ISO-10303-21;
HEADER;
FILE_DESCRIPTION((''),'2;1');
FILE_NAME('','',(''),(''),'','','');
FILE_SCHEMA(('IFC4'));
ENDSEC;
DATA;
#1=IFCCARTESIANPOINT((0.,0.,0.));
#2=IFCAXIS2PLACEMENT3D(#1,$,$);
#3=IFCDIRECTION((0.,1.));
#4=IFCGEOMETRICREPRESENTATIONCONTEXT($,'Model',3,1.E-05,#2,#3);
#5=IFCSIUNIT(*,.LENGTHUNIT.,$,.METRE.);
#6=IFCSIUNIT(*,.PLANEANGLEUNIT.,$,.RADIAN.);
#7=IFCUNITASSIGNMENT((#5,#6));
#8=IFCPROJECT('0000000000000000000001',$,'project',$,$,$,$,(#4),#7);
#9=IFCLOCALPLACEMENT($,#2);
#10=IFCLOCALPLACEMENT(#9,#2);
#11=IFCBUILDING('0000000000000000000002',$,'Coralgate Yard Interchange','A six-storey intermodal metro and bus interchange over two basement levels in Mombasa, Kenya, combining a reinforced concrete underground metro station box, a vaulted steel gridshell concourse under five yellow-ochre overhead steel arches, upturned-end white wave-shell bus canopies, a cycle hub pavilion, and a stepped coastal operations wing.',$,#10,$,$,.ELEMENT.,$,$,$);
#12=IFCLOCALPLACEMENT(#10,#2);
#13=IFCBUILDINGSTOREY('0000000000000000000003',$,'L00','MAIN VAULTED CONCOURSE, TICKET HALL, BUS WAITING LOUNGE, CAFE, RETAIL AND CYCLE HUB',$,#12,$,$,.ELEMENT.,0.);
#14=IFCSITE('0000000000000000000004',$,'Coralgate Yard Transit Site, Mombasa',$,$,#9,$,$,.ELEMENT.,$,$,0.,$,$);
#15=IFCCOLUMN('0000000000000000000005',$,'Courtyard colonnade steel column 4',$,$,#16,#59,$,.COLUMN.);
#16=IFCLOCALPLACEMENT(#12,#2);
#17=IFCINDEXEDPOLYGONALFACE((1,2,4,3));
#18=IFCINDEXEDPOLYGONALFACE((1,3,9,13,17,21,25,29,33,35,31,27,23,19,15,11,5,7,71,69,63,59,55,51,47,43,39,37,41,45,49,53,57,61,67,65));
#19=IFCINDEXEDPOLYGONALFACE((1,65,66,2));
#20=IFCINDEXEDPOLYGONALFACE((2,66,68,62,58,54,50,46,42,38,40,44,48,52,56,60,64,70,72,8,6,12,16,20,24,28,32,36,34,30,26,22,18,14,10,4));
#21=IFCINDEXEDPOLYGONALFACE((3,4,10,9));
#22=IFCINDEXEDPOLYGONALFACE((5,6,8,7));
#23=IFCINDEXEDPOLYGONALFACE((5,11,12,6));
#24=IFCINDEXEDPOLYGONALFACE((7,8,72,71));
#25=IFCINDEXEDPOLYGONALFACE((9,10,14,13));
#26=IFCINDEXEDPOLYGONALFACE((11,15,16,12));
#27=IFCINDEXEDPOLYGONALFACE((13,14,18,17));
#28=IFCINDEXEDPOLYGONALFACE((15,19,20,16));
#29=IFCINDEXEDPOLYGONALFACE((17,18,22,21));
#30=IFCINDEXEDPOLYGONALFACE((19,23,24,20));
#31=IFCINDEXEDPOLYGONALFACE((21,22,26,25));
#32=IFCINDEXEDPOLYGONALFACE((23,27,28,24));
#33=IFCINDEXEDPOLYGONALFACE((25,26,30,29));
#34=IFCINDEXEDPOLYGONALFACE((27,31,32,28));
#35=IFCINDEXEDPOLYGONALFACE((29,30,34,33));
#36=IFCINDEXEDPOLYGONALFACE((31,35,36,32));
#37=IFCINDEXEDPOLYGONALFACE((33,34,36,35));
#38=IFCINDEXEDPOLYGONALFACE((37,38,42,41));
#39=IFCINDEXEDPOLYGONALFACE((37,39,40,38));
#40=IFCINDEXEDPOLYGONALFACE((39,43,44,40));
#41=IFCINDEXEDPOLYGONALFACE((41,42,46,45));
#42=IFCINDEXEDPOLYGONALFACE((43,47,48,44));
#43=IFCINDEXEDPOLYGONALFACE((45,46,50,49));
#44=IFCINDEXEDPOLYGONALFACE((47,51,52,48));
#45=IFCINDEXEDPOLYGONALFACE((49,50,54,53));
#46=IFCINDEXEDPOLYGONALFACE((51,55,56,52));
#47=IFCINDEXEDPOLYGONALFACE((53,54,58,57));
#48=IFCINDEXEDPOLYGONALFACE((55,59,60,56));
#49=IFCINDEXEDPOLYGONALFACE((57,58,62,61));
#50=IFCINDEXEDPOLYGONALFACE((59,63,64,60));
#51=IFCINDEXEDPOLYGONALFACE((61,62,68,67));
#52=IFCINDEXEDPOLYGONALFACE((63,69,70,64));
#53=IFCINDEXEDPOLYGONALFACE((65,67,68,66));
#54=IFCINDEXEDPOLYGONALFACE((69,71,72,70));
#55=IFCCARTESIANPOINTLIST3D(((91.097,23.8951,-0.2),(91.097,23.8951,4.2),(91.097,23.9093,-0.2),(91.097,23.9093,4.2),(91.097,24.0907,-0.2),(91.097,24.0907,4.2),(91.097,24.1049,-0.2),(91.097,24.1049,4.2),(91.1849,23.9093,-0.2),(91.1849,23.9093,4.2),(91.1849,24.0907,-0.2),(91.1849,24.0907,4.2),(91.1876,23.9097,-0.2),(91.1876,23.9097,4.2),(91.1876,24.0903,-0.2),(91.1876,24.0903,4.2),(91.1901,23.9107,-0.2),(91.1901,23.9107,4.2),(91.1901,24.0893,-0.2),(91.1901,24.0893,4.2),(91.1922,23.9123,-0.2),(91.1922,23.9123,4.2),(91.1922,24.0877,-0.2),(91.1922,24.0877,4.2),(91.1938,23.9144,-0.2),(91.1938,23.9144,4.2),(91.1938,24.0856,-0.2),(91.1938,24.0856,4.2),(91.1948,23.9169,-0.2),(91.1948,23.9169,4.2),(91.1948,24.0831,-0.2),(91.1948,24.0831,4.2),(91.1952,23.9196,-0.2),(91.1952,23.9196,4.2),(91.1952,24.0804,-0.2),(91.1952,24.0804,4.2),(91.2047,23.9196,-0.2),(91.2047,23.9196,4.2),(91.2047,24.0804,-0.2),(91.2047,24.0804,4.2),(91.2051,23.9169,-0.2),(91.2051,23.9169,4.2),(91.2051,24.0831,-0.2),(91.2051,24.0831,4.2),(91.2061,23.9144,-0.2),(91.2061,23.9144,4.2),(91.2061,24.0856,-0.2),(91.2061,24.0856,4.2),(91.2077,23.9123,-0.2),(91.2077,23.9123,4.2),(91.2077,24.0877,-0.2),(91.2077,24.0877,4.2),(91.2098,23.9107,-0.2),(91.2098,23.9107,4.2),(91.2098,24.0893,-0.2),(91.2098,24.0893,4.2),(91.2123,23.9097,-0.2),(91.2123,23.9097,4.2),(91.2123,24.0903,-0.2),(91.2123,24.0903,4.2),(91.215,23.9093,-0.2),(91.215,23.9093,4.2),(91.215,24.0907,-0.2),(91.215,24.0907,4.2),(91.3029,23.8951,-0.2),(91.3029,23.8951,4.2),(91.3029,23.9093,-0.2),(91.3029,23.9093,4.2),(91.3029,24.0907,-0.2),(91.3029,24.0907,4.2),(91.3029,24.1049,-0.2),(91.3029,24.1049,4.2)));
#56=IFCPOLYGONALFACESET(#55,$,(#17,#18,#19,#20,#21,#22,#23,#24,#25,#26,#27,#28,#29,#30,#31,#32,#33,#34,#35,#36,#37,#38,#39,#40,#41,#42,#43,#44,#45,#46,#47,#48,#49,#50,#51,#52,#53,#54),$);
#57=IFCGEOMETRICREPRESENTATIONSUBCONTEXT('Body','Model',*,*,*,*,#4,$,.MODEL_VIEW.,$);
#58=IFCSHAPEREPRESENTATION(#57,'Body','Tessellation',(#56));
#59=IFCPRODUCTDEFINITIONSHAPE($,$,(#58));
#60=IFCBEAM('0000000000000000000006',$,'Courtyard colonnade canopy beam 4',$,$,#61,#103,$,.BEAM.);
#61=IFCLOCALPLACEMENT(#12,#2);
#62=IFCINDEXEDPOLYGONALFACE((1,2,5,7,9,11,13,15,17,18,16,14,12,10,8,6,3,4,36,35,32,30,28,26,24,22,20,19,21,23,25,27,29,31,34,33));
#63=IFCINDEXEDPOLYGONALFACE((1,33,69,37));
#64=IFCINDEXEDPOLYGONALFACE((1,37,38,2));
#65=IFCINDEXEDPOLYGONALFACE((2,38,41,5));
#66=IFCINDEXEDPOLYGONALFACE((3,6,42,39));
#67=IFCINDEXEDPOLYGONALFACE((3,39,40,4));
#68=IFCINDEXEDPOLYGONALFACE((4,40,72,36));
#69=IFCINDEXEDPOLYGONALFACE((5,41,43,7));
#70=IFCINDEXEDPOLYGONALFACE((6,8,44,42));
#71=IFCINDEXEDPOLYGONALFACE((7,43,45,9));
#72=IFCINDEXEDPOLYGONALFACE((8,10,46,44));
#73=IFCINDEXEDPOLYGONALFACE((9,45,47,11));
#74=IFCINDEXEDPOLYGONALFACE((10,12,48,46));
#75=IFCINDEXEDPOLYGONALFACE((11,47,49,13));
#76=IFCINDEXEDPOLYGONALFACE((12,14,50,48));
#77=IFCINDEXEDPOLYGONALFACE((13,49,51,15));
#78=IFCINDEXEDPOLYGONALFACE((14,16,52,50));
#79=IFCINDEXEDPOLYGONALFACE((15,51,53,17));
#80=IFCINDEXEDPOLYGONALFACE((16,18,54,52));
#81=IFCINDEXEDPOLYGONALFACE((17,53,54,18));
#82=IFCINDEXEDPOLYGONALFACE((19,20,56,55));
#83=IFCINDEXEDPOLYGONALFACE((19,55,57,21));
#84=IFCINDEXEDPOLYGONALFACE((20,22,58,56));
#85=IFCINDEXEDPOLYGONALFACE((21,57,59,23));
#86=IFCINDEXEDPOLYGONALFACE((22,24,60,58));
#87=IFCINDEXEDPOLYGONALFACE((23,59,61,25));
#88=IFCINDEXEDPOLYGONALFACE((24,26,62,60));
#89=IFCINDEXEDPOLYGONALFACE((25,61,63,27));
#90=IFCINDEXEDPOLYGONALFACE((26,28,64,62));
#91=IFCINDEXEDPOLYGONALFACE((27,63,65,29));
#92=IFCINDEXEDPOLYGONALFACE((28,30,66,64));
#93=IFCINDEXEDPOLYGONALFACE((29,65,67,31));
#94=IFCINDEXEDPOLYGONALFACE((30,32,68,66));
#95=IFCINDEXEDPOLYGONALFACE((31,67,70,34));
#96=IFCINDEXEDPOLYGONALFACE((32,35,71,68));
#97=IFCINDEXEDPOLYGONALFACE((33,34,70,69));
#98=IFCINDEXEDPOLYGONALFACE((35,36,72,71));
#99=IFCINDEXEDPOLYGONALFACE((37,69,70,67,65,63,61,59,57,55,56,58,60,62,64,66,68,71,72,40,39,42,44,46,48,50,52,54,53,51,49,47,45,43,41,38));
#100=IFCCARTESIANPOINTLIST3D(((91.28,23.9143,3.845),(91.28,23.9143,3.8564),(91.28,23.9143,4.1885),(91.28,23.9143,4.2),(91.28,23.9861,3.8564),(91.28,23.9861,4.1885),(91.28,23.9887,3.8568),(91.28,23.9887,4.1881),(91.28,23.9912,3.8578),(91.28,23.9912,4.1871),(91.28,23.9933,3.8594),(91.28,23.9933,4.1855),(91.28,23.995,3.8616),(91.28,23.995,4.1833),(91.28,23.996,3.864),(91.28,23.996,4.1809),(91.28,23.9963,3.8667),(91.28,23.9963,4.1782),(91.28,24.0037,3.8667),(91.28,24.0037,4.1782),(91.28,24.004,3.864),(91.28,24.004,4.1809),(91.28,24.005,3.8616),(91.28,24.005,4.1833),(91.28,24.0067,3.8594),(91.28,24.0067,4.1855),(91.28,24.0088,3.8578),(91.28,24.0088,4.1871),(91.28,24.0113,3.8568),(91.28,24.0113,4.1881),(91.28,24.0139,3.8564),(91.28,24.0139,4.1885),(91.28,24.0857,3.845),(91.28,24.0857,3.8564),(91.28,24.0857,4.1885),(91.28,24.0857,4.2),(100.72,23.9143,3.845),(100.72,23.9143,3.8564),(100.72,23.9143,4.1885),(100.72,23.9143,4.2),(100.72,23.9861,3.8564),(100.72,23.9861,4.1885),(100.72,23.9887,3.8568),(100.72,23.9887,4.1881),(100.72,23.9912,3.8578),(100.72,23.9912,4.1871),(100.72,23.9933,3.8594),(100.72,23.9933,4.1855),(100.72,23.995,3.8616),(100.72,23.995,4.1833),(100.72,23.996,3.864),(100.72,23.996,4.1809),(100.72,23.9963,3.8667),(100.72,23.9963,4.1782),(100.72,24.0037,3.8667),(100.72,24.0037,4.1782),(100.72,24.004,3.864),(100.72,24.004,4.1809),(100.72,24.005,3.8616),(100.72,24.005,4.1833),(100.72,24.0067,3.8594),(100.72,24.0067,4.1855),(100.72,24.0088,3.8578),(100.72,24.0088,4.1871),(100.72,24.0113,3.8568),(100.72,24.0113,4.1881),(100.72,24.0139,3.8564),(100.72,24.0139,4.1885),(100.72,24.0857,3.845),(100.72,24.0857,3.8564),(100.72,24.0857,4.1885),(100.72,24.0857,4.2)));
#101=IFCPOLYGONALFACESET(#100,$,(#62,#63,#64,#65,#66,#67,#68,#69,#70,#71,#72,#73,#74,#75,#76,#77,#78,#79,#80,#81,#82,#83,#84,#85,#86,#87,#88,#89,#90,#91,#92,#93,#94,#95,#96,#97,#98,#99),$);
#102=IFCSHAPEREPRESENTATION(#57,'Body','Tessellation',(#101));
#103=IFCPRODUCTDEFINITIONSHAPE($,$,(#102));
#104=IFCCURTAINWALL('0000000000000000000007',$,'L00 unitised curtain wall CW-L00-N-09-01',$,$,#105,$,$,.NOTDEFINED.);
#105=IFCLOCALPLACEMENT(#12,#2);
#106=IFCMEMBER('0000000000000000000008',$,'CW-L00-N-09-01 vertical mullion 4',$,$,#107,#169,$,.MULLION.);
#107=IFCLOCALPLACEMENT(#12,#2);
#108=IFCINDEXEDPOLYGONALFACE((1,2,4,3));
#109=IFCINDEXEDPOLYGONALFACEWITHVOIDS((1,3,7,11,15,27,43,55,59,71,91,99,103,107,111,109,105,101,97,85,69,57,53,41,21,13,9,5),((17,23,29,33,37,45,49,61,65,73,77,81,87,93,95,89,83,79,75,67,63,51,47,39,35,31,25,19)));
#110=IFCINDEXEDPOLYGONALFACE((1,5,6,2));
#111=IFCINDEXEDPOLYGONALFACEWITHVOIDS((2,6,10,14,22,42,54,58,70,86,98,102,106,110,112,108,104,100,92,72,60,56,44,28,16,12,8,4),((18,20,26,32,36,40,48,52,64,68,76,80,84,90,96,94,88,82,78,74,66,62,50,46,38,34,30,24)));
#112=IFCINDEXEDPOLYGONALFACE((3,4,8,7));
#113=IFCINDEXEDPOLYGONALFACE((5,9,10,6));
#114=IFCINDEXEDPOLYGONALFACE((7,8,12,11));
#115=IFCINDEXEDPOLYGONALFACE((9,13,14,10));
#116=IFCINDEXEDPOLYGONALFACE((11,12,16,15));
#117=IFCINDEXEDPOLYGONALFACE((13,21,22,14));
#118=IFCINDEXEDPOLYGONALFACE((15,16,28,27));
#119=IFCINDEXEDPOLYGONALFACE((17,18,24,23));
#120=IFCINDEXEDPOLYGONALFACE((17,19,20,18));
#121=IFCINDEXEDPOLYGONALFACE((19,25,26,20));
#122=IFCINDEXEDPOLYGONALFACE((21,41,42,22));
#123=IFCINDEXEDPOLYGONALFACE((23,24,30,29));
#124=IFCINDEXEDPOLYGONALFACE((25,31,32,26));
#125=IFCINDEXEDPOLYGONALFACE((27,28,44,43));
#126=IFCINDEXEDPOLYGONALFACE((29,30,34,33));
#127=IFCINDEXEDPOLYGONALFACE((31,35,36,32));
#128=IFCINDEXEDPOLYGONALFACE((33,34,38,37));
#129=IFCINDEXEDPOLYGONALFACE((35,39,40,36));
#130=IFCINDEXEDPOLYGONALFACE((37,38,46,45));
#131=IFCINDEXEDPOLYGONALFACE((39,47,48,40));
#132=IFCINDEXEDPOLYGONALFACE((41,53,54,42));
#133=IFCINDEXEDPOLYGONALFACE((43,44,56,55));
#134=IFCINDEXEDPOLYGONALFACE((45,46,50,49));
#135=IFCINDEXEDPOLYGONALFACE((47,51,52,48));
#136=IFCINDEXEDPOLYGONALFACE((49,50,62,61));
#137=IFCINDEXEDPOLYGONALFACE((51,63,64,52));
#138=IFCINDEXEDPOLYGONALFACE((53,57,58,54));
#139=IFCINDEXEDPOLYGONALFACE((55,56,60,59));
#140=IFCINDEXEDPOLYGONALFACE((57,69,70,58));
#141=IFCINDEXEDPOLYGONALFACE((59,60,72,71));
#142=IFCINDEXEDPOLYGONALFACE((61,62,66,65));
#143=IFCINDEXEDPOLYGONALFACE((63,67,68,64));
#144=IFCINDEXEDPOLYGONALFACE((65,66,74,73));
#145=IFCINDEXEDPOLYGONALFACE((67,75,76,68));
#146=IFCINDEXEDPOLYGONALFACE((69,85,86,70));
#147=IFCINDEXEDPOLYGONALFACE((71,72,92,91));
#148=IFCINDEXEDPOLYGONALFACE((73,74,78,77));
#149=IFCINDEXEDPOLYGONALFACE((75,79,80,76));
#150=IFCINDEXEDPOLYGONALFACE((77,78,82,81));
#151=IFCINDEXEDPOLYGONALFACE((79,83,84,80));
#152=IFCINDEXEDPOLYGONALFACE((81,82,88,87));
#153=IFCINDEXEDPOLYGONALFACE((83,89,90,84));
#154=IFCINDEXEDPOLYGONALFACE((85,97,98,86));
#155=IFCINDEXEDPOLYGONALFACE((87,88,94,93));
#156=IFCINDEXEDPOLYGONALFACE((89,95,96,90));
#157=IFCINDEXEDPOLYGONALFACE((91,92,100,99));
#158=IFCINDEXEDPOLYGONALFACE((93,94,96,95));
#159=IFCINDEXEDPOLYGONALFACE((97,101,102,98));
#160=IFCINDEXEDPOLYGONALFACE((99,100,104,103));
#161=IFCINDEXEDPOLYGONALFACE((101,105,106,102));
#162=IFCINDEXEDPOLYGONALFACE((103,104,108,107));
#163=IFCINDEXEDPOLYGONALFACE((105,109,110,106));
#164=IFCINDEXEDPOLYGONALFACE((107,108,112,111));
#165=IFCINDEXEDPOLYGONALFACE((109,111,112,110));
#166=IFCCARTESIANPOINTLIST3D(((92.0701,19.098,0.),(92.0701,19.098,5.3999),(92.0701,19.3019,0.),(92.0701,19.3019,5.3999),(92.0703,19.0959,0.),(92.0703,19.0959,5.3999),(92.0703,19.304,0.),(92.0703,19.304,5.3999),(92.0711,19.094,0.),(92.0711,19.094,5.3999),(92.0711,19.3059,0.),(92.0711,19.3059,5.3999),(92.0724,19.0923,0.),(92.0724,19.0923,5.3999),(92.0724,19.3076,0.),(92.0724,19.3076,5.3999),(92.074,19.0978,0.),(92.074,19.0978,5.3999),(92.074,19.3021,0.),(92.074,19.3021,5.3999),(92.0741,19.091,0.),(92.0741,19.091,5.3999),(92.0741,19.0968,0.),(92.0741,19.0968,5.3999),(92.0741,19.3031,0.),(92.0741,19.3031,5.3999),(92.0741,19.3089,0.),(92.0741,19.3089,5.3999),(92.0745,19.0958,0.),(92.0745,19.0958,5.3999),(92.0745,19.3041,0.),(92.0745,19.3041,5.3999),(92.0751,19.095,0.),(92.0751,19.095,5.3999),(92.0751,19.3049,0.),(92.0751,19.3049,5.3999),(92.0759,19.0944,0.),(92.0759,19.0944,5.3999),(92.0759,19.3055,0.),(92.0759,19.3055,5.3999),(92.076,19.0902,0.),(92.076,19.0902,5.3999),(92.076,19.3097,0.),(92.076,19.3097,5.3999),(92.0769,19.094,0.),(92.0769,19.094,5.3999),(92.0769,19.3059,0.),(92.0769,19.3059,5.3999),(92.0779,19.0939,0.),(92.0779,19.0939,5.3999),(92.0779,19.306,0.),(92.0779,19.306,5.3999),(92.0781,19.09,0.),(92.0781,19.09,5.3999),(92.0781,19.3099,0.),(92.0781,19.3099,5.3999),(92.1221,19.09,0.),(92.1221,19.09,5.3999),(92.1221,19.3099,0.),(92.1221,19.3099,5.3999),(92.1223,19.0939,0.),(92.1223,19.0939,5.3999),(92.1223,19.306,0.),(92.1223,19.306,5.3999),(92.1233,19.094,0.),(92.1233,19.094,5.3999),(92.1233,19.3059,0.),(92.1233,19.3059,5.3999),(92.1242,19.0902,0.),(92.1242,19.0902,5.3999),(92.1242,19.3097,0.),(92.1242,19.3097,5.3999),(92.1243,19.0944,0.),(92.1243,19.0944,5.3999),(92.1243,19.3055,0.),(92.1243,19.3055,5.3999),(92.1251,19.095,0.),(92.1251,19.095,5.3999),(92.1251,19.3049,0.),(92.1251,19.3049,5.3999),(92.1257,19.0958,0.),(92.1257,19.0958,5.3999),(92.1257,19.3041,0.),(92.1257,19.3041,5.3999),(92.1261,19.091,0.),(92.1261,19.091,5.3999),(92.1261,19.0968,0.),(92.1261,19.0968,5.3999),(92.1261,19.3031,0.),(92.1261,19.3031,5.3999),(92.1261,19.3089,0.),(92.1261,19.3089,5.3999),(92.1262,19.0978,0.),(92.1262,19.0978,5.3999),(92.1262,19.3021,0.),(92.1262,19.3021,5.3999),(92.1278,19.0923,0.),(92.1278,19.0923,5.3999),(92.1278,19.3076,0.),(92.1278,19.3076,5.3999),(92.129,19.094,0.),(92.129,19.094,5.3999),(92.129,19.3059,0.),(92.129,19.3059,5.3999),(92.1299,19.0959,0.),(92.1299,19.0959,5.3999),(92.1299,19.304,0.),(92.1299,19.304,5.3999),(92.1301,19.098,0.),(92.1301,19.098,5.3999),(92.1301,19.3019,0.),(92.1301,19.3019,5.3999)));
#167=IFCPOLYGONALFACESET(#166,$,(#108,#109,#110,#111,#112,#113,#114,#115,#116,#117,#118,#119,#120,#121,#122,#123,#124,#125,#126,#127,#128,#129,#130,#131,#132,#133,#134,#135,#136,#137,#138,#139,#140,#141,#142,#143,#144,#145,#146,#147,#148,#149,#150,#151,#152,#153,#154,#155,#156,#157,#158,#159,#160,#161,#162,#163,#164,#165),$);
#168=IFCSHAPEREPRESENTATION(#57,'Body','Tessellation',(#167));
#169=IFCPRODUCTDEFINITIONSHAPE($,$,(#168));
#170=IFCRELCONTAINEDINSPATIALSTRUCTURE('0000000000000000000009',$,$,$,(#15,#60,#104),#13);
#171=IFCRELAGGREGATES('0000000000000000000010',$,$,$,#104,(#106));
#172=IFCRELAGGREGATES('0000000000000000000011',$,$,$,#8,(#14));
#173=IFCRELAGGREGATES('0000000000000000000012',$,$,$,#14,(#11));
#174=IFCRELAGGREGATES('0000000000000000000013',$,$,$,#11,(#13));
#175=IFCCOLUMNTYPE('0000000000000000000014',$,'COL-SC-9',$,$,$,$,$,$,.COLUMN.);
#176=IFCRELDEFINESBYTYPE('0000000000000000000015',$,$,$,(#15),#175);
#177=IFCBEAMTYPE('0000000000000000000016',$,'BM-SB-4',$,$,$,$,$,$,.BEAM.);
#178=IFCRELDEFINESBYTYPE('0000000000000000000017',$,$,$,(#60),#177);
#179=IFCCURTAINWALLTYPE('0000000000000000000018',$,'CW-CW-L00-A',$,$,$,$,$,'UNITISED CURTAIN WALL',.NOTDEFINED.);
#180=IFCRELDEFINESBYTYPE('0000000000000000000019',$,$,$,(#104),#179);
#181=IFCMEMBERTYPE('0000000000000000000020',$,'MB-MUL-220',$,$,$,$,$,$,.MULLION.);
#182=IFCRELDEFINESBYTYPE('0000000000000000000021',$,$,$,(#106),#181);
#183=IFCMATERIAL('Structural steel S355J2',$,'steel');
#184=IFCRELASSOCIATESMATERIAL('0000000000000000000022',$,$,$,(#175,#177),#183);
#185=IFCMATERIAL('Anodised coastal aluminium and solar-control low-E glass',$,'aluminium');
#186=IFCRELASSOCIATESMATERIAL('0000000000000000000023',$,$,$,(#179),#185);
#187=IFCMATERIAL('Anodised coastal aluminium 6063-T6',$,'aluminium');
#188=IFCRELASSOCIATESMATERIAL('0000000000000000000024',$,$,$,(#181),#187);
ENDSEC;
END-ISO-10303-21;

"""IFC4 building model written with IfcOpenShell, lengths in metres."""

from ifc_helpers import new_model, si_unit, direction, frame, origin, origin_2d, place, context, subcontext, project, spatial, hollow_rectangle, i_section, extrude, material, material_profile, profile_set, type_object, element, aggregate, save


model = new_model("IFC4")

# Units and contexts
model_context = context("Model", 3, precision=1e-05, world=origin(), true_north=direction((0.0, 1.0)))
body_context = subcontext(model_context, "Body", "Model", "MODEL_VIEW")
ifc_project = project(units=[si_unit("LENGTHUNIT", "METRE"), si_unit("PLANEANGLEUNIT", "RADIAN")], contexts=[model_context])

# Site, building, storey
site_placement = place(None, origin())
site = spatial("IfcSite", under=ifc_project, at=site_placement, Name="Coralgate Yard Transit Site, Mombasa", CompositionType="ELEMENT", RefElevation=0.0)
building_placement = place(site_placement, origin())
building = spatial("IfcBuilding", under=site, at=building_placement, Name="Coralgate Yard Interchange", Description="A six-storey intermodal metro and bus interchange over two basement levels in Mombasa, Kenya, combining a reinforced concrete underground metro station box, a vaulted steel gridshell concourse under five yellow-ochre overhead steel arches, upturned-end white wave-shell bus canopies, a cycle hub pavilion, and a stepped coastal operations wing.", CompositionType="ELEMENT")
storey_placement = place(building_placement, origin())
storey = spatial("IfcBuildingStorey", under=building, at=storey_placement, Name="L00", Description="MAIN VAULTED CONCOURSE, TICKET HALL, BUS WAITING LOUNGE, CAFE, RETAIL AND CYCLE HUB", CompositionType="ELEMENT", Elevation=0.0)

# Column
ifc_material_1 = material(Name="Structural steel S355J2", Category="steel")
ifc_material_profile_1 = material_profile(ifc_material_1, i_section(OverallWidth=0.2058, OverallDepth=0.2097, WebThickness=0.0095, FlangeThickness=0.0142, FilletRadius=0.0103, at=origin_2d()), Name="UC 203x203x60")
ifc_profile_set_1 = profile_set([ifc_material_profile_1], Name="Structural steel S355J2")
column_type_1 = type_object("IfcColumnType", Name="COL-SC-9", PredefinedType="COLUMN", material=ifc_profile_set_1)
column_1_placement = place(storey_placement, frame((91.2, 24.0, -0.2), z_axis=(0.0, 0.0, 1.0), x_axis=(1.0, 0.0, 0.0)))
element("IfcColumn", 1, at=column_1_placement, inside=storey, type_object=column_type_1, Name="Courtyard colonnade steel column 4", PredefinedType="COLUMN", context=body_context, shape_type="SweptSolid", body=[
    extrude(i_section(OverallWidth=0.2058, OverallDepth=0.2097, WebThickness=0.0095, FlangeThickness=0.0142, FilletRadius=0.0103, at=origin_2d()), origin(), (0.0, 0.0, 1.0), 4.3999),
])

# Beam
ifc_material_profile_2 = material_profile(ifc_material_1, i_section(OverallWidth=0.1714, OverallDepth=0.355, WebThickness=0.0073, FlangeThickness=0.0115, FilletRadius=0.0103, at=origin_2d()), Name="UB 356x171x51")
ifc_profile_set_2 = profile_set([ifc_material_profile_2], Name="Structural steel S355J2")
beam_type = type_object("IfcBeamType", Name="BM-SB-4", PredefinedType="BEAM", material=ifc_profile_set_2)
beam_placement = place(storey_placement, frame((91.28, 24.0, 4.0225), z_axis=(1.0, 0.0, 0.0), x_axis=(0.0, 1.0, 0.0)))
element("IfcBeam", 2, at=beam_placement, inside=storey, type_object=beam_type, Name="Courtyard colonnade canopy beam 4", PredefinedType="BEAM", context=body_context, shape_type="SweptSolid", body=[
    extrude(i_section(OverallWidth=0.1714, OverallDepth=0.355, WebThickness=0.0073, FlangeThickness=0.0115, FilletRadius=0.0103, at=origin_2d()), origin(), (0.0, 0.0, 1.0), 9.4399),
])

# Curtain wall, member
ifc_material_2 = material(Name="Anodised coastal aluminium and solar-control low-E glass", Category="aluminium")
curtain_wall_type = type_object("IfcCurtainWallType", Name="CW-CW-L00-A", ElementType="UNITISED CURTAIN WALL", PredefinedType="NOTDEFINED", material=ifc_material_2)
curtain_wall_placement = place(storey_placement, origin())
curtain_wall = element("IfcCurtainWall", 3, at=curtain_wall_placement, inside=storey, type_object=curtain_wall_type, Name="L00 unitised curtain wall CW-L00-N-09-01", PredefinedType="NOTDEFINED")
ifc_material_3 = material(Name="Anodised coastal aluminium 6063-T6", Category="aluminium")
ifc_material_profile_3 = material_profile(ifc_material_3, hollow_rectangle(XDim=0.0601, YDim=0.22, WallThickness=0.0039, InnerFilletRadius=0.0039, OuterFilletRadius=0.0081, at=origin_2d()), Name="ALU 60x220x4")
ifc_profile_set_3 = profile_set([ifc_material_profile_3], Name="Anodised coastal aluminium 6063-T6")
member_type_1 = type_object("IfcMemberType", Name="MB-MUL-220", PredefinedType="MULLION", material=ifc_profile_set_3)
member_1_placement = place(storey_placement, frame((92.1001, 19.2, 0.0), z_axis=(0.0, 0.0, 1.0), x_axis=(1.0, 0.0, 0.0)))
member_1 = element("IfcMember", 4, at=member_1_placement, type_object=member_type_1, Name="CW-L00-N-09-01 vertical mullion 4", PredefinedType="MULLION", context=body_context, shape_type="SweptSolid", body=[
    extrude(hollow_rectangle(XDim=0.0601, YDim=0.22, WallThickness=0.0039, InnerFilletRadius=0.0039, OuterFilletRadius=0.0081, at=origin_2d()), origin(), (0.0, 0.0, 1.0), 5.3999),
])
aggregate(curtain_wall, [member_1])

save(model, "model.ifc")
